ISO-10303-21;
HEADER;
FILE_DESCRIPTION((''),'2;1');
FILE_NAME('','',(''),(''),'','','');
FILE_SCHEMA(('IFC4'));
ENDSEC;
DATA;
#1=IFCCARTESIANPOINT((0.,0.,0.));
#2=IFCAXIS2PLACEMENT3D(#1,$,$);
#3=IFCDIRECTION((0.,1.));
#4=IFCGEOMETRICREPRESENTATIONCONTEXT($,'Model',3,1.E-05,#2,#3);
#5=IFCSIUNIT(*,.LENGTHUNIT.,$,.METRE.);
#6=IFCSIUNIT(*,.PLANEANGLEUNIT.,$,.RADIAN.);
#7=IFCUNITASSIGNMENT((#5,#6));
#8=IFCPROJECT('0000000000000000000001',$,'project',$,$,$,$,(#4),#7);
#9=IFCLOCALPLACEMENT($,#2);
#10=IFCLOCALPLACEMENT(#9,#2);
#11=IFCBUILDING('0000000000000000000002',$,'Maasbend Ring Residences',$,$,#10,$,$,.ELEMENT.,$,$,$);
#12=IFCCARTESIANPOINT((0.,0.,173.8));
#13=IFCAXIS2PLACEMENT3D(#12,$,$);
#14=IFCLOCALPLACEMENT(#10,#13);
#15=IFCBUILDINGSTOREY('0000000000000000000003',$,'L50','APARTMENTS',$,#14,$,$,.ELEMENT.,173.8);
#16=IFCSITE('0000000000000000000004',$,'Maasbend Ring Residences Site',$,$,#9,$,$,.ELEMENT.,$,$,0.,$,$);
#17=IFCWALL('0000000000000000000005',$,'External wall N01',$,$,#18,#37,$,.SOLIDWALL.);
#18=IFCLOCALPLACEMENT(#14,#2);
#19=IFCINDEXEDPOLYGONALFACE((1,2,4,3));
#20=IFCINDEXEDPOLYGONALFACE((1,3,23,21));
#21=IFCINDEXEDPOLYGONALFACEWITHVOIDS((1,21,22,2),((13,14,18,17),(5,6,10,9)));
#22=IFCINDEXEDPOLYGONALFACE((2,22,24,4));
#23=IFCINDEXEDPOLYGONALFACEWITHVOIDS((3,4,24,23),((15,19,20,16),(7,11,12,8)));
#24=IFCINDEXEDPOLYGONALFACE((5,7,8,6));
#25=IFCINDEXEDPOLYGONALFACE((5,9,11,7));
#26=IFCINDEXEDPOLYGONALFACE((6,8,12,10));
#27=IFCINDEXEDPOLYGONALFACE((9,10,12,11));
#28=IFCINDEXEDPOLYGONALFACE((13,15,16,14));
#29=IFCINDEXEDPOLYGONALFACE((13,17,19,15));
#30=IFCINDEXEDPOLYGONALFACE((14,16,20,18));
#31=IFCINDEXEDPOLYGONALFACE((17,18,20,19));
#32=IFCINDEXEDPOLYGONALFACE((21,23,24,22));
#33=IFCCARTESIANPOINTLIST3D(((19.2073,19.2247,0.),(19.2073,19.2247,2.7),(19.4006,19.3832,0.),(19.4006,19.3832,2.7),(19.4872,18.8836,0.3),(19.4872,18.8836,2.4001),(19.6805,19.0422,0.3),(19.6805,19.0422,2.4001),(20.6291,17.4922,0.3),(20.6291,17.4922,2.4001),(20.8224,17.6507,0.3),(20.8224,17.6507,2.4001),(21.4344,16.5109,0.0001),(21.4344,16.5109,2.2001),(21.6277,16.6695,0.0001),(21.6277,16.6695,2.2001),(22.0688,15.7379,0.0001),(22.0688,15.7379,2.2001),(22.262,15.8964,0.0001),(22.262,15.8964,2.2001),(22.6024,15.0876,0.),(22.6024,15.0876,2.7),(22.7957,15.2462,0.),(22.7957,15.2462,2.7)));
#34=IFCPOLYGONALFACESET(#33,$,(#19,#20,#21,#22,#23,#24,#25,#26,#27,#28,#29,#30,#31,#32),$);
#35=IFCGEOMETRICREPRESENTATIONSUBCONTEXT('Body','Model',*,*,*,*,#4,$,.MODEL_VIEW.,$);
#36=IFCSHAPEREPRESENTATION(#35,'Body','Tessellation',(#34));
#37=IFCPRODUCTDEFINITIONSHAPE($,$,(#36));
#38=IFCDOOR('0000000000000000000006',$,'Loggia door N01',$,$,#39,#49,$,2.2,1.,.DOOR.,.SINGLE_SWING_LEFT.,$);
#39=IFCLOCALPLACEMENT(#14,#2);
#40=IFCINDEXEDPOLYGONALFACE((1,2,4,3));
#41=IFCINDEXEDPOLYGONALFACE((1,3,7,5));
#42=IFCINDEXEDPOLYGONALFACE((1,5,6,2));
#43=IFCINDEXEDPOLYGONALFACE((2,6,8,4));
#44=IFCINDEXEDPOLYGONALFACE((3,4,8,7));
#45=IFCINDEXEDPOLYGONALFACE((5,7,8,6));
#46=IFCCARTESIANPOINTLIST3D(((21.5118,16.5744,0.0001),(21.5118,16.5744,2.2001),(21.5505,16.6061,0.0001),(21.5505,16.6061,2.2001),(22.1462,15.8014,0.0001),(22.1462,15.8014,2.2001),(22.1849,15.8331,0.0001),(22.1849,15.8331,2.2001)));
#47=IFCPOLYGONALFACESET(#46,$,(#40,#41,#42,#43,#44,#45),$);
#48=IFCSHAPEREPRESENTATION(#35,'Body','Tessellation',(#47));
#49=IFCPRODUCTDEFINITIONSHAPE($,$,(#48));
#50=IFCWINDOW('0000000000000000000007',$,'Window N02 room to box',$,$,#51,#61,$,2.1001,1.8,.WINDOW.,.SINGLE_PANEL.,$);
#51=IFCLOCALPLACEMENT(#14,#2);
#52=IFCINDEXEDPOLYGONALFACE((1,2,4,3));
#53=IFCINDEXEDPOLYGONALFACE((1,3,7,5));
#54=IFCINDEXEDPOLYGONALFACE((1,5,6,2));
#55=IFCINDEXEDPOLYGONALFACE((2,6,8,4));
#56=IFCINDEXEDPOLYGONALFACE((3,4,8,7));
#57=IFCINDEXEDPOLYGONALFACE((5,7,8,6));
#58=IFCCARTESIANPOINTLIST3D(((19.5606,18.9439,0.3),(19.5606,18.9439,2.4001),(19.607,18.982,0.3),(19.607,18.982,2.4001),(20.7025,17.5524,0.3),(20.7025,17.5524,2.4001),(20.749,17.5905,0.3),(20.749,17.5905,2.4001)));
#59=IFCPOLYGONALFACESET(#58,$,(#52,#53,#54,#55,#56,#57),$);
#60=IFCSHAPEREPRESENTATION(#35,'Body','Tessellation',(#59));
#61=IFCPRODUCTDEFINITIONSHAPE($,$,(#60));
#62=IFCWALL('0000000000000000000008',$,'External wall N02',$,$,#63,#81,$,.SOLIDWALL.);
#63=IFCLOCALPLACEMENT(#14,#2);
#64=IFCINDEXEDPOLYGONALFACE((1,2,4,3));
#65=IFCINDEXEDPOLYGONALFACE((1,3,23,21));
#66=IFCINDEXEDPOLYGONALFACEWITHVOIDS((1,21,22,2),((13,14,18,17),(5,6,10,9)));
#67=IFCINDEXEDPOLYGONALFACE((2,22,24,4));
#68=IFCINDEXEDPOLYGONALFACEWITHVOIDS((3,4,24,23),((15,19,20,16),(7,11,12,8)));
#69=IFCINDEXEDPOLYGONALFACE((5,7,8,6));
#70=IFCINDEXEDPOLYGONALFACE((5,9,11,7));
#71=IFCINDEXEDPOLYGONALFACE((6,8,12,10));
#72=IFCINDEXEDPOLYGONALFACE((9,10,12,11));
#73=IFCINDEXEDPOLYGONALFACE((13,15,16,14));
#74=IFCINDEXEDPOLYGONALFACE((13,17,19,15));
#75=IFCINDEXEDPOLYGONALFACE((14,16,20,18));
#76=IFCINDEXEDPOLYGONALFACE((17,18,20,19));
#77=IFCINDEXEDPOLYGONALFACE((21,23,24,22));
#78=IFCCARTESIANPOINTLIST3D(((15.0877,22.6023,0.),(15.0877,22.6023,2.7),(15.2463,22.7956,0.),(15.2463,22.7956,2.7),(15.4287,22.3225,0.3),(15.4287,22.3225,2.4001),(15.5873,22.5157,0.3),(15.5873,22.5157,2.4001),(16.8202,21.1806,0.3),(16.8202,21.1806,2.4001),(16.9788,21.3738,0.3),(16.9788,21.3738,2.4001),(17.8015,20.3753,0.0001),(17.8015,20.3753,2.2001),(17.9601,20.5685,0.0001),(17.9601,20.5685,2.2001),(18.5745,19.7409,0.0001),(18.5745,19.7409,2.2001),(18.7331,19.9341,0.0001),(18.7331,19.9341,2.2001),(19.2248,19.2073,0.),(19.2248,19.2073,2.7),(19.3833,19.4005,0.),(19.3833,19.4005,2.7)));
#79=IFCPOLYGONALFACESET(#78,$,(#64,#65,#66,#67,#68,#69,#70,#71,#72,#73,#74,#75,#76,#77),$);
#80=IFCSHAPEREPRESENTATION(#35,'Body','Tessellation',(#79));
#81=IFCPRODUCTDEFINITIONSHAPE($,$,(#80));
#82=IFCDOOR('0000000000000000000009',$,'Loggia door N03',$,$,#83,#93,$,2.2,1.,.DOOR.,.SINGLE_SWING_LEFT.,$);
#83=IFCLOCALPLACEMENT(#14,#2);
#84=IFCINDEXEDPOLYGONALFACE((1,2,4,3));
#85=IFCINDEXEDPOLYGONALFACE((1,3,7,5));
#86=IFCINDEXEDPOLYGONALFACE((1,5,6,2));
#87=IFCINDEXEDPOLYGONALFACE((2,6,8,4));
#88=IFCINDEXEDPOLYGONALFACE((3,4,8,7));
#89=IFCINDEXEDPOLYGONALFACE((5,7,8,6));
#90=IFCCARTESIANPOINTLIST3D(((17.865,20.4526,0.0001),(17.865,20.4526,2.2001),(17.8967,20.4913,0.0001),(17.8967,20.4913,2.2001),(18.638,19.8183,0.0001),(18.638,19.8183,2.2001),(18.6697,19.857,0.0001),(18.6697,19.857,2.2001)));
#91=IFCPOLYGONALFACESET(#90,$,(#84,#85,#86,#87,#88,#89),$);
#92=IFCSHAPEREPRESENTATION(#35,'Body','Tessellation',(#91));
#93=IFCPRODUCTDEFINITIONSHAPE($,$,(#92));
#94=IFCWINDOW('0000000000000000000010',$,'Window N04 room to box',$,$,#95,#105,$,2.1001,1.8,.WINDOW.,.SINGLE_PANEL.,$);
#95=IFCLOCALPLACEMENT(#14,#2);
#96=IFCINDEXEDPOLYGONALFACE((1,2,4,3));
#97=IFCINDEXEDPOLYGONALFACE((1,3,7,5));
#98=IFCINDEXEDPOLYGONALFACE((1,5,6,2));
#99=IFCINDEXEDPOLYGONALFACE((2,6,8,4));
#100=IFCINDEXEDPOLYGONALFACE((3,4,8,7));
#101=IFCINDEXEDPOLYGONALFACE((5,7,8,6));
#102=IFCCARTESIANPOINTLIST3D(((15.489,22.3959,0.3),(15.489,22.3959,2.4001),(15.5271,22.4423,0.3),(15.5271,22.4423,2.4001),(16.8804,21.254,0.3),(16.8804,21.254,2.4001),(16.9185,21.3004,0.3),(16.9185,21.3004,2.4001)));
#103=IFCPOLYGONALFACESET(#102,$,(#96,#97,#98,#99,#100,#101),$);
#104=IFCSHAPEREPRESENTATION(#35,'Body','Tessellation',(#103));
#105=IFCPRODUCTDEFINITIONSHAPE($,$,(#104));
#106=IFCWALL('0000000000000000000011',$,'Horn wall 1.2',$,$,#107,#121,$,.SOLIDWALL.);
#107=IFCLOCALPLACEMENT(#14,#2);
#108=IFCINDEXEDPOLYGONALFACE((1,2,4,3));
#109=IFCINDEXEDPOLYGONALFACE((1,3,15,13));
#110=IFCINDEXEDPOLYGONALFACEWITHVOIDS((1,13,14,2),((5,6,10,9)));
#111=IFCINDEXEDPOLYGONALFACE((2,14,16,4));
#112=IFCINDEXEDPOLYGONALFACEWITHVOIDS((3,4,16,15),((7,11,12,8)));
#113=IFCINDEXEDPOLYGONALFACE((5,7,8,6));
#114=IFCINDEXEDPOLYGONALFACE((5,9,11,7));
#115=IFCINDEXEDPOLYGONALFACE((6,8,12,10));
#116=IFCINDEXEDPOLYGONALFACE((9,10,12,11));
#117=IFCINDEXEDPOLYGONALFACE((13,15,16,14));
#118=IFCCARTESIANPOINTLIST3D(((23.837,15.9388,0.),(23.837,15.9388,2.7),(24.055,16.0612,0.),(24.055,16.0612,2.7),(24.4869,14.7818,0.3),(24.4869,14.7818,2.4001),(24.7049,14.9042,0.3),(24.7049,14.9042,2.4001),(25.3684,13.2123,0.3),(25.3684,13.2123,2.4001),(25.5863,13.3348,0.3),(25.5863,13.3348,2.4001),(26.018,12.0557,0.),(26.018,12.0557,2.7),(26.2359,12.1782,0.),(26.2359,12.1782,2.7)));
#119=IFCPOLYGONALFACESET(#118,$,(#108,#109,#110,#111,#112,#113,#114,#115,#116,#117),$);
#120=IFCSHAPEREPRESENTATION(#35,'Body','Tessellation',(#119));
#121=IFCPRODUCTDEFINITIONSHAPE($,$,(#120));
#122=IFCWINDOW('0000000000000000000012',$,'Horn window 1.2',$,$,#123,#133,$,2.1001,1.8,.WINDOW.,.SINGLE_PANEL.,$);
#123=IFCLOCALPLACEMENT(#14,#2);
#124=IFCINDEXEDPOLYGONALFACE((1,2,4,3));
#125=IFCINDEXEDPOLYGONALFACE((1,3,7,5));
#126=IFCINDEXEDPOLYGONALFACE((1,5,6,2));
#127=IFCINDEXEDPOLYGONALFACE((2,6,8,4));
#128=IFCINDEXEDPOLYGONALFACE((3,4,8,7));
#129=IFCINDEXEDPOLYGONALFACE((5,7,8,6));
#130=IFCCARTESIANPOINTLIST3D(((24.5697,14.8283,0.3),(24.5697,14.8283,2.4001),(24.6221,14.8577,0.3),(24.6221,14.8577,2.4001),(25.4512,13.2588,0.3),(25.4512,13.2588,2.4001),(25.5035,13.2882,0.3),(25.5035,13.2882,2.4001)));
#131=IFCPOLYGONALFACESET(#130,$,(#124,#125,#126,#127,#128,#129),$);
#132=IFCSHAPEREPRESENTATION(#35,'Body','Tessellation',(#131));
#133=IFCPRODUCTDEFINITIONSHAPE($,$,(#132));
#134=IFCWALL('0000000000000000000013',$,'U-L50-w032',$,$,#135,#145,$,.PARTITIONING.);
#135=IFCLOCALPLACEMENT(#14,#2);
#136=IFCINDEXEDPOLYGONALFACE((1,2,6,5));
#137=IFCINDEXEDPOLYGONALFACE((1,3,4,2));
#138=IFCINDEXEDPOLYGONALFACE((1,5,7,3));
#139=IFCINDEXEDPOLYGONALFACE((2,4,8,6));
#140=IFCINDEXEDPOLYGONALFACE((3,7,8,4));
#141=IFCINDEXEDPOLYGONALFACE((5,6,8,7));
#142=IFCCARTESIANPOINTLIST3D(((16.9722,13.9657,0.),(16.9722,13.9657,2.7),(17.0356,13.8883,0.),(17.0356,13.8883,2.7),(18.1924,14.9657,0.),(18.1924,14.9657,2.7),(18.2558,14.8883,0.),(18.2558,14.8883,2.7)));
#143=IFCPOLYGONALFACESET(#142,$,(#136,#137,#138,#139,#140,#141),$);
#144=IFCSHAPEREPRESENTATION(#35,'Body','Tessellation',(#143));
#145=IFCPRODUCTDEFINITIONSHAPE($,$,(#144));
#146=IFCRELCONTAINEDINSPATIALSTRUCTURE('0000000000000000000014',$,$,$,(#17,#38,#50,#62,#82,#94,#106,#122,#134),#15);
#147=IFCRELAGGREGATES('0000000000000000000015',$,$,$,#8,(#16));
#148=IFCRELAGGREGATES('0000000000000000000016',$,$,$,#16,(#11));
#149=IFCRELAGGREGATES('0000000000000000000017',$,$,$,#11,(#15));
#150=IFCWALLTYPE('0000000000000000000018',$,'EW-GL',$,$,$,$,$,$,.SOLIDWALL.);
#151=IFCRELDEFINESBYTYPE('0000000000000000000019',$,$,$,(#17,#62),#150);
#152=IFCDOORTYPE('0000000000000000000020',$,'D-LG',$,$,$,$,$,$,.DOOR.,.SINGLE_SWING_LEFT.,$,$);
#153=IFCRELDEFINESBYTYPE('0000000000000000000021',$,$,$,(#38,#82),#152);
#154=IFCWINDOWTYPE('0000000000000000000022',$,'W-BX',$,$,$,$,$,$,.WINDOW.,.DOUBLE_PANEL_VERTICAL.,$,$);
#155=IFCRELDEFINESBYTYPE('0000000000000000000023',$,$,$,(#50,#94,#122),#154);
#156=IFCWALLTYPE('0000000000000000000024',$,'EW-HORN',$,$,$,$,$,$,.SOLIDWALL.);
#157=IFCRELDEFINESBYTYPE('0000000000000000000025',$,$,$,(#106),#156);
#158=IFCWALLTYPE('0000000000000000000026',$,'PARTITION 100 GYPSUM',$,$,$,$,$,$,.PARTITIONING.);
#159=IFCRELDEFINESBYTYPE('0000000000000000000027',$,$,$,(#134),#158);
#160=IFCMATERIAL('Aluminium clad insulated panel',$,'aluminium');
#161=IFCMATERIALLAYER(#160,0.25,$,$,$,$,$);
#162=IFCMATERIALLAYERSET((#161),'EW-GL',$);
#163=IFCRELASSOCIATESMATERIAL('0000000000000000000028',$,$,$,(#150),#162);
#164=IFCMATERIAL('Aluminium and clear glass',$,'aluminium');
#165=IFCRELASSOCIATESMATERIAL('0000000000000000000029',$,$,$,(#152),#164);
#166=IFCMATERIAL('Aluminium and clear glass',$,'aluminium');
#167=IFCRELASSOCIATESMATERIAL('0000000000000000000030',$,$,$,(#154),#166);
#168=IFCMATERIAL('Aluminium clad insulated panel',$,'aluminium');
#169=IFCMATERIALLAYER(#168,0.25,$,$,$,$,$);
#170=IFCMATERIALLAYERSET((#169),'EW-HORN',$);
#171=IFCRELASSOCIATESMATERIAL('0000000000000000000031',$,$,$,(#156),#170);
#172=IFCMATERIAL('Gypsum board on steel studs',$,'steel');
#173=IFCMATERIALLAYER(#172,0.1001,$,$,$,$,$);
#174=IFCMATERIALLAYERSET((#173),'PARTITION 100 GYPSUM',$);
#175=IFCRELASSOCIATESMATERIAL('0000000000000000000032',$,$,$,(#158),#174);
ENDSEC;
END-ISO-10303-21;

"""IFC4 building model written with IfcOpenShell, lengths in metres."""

from ifc_helpers import new_model, si_unit, direction, frame, frame_2d, origin, place, context, subcontext, project, spatial, rectangle, extrude, material, layer, layer_set, type_object, element, fill, save


model = new_model("IFC4")

# Units and contexts
model_context = context("Model", 3, precision=1e-05, world=origin(), true_north=direction((0.0, 1.0)))
body_context = subcontext(model_context, "Body", "Model", "MODEL_VIEW")
ifc_project = project(units=[si_unit("LENGTHUNIT", "METRE"), si_unit("PLANEANGLEUNIT", "RADIAN")], contexts=[model_context])

# Site, building, storey
site_placement = place(None, origin())
site = spatial("IfcSite", under=ifc_project, at=site_placement, Name="Maasbend Ring Residences Site", CompositionType="ELEMENT", RefElevation=0.0)
building_placement = place(site_placement, origin())
building = spatial("IfcBuilding", under=site, at=building_placement, Name="Maasbend Ring Residences", CompositionType="ELEMENT")
storey_placement = place(building_placement, frame((0.0, 0.0, 173.8)))
storey = spatial("IfcBuildingStorey", under=building, at=storey_placement, Name="L50", Description="APARTMENTS", CompositionType="ELEMENT", Elevation=173.8)

# Walls, openings, doors, windows
ifc_material_1 = material(Name="Aluminium clad insulated panel", Category="aluminium")
ifc_layer_1 = layer(ifc_material_1, 0.25)
ifc_layer_set_1 = layer_set([ifc_layer_1], Name="EW-GL")
wall_type_1 = type_object("IfcWallType", Name="EW-GL", PredefinedType="SOLIDWALL", material=ifc_layer_set_1)
wall_1_placement = place(storey_placement, frame((22.699, 15.167, 0.0), z_axis=(0.0, 0.0, 1.0), x_axis=(-0.634382, 0.773019, 0.0)))
wall_1 = element("IfcWall", 1, at=wall_1_placement, inside=storey, type_object=wall_type_1, Name="External wall N01", PredefinedType="SOLIDWALL", context=body_context, shape_type="SweptSolid", body=[
    extrude(rectangle(XDim=5.3518, YDim=0.25, at=frame_2d((2.6758, 0.0))), origin(), (0.0, 0.0, 1.0), 2.7),
])
opening_1_placement = place(wall_1_placement, frame((0.8411, 0.0, 0.0)))
opening_1 = element("IfcOpeningElement", 2, at=opening_1_placement, cuts=wall_1, PredefinedType="OPENING", context=body_context, shape_type="SweptSolid", body=[
    extrude(rectangle(XDim=1.0, YDim=2.2, at=frame_2d((0.5, 1.1001))), frame((0.0, 0.135, 0.0), z_axis=(0.0, -1.0, 0.0), x_axis=(1.0, 0.0, 0.0)), (0.0, 0.0, 1.0), 0.27),
])
opening_2_placement = place(wall_1_placement, frame((3.1106, 0.0, 0.3)))
opening_2 = element("IfcOpeningElement", 3, at=opening_2_placement, cuts=wall_1, PredefinedType="OPENING", context=body_context, shape_type="SweptSolid", body=[
    extrude(rectangle(XDim=1.8, YDim=2.1001, at=frame_2d((0.8999, 1.05))), frame((0.0, 0.135, 0.0), z_axis=(0.0, -1.0, 0.0), x_axis=(1.0, 0.0, 0.0)), (0.0, 0.0, 1.0), 0.27),
])
ifc_material_2 = material(Name="Aluminium and clear glass", Category="aluminium")
door_type_1 = type_object("IfcDoorType", Name="D-LG", OperationType="SINGLE_SWING_LEFT", PredefinedType="DOOR", material=ifc_material_2)
door_1_placement = place(opening_1_placement, origin())
door_1 = element("IfcDoor", 4, at=door_1_placement, inside=storey, type_object=door_type_1, Name="Loggia door N01", OperationType="SINGLE_SWING_LEFT", OverallHeight=2.2, OverallWidth=1.0, PredefinedType="DOOR", context=body_context, shape_type="SweptSolid", body=[
    extrude(rectangle(XDim=1.0, YDim=2.2, at=frame_2d((0.5, 1.1001))), frame((0.0, 0.0249, 0.0), z_axis=(0.0, -1.0, 0.0), x_axis=(1.0, 0.0, 0.0)), (0.0, 0.0, 1.0), 0.05),
])
fill(opening_1, door_1)
ifc_material_3 = material(Name="Aluminium and clear glass", Category="aluminium")
window_type_1 = type_object("IfcWindowType", Name="W-BX", PartitioningType="DOUBLE_PANEL_VERTICAL", PredefinedType="WINDOW", material=ifc_material_3)
window_1_placement = place(opening_2_placement, origin())
window_1 = element("IfcWindow", 5, at=window_1_placement, inside=storey, type_object=window_type_1, Name="Window N02 room to box", OverallHeight=2.1001, OverallWidth=1.8, PartitioningType="SINGLE_PANEL", PredefinedType="WINDOW", context=body_context, shape_type="SweptSolid", body=[
    extrude(rectangle(XDim=1.8, YDim=2.1001, at=frame_2d((0.8999, 1.05))), frame((0.0, 0.03, 0.0), z_axis=(0.0, -1.0, 0.0), x_axis=(1.0, 0.0, 0.0)), (0.0, 0.0, 1.0), 0.0601),
])
fill(opening_2, window_1)
wall_2_placement = place(storey_placement, frame((19.304, 19.304, 0.0), z_axis=(0.0, 0.0, 1.0), x_axis=(-0.773019, 0.634382, 0.0)))
wall_2 = element("IfcWall", 6, at=wall_2_placement, inside=storey, type_object=wall_type_1, Name="External wall N02", PredefinedType="SOLIDWALL", context=body_context, shape_type="SweptSolid", body=[
    extrude(rectangle(XDim=5.3518, YDim=0.25, at=frame_2d((2.6758, 0.0))), origin(), (0.0, 0.0, 1.0), 2.7),
])
opening_3_placement = place(wall_2_placement, frame((0.8411, 0.0, 0.0)))
opening_3 = element("IfcOpeningElement", 7, at=opening_3_placement, cuts=wall_2, PredefinedType="OPENING", context=body_context, shape_type="SweptSolid", body=[
    extrude(rectangle(XDim=1.0, YDim=2.2, at=frame_2d((0.5, 1.1001))), frame((0.0, 0.135, 0.0), z_axis=(0.0, -1.0, 0.0), x_axis=(1.0, 0.0, 0.0)), (0.0, 0.0, 1.0), 0.27),
])
opening_4_placement = place(wall_2_placement, frame((3.1106, 0.0, 0.3)))
opening_4 = element("IfcOpeningElement", 8, at=opening_4_placement, cuts=wall_2, PredefinedType="OPENING", context=body_context, shape_type="SweptSolid", body=[
    extrude(rectangle(XDim=1.8, YDim=2.1001, at=frame_2d((0.8999, 1.05))), frame((0.0, 0.135, 0.0), z_axis=(0.0, -1.0, 0.0), x_axis=(1.0, 0.0, 0.0)), (0.0, 0.0, 1.0), 0.27),
])
door_2_placement = place(opening_3_placement, origin())
door_2 = element("IfcDoor", 9, at=door_2_placement, inside=storey, type_object=door_type_1, Name="Loggia door N03", OperationType="SINGLE_SWING_LEFT", OverallHeight=2.2, OverallWidth=1.0, PredefinedType="DOOR", context=body_context, shape_type="SweptSolid", body=[
    extrude(rectangle(XDim=1.0, YDim=2.2, at=frame_2d((0.5, 1.1001))), frame((0.0, 0.0249, 0.0), z_axis=(0.0, -1.0, 0.0), x_axis=(1.0, 0.0, 0.0)), (0.0, 0.0, 1.0), 0.05),
])
fill(opening_3, door_2)
window_2_placement = place(opening_4_placement, origin())
window_2 = element("IfcWindow", 10, at=window_2_placement, inside=storey, type_object=window_type_1, Name="Window N04 room to box", OverallHeight=2.1001, OverallWidth=1.8, PartitioningType="SINGLE_PANEL", PredefinedType="WINDOW", context=body_context, shape_type="SweptSolid", body=[
    extrude(rectangle(XDim=1.8, YDim=2.1001, at=frame_2d((0.8999, 1.05))), frame((0.0, 0.03, 0.0), z_axis=(0.0, -1.0, 0.0), x_axis=(1.0, 0.0, 0.0)), (0.0, 0.0, 1.0), 0.0601),
])
fill(opening_4, window_2)

# Wall, opening, window
ifc_material_4 = material(Name="Aluminium clad insulated panel", Category="aluminium")
ifc_layer_2 = layer(ifc_material_4, 0.25)
ifc_layer_set_2 = layer_set([ifc_layer_2], Name="EW-HORN")
wall_type_2 = type_object("IfcWallType", Name="EW-HORN", PredefinedType="SOLIDWALL", material=ifc_layer_set_2)
wall_3_placement = place(storey_placement, frame((26.127, 12.1169, 0.0), z_axis=(0.0, 0.0, 1.0), x_axis=(-0.489696, 0.871893, 0.0)))
wall_3 = element("IfcWall", 11, at=wall_3_placement, inside=storey, type_object=wall_type_2, Name="Horn wall 1.2", PredefinedType="SOLIDWALL", context=body_context, shape_type="SweptSolid", body=[
    extrude(rectangle(XDim=4.4536, YDim=0.25, at=frame_2d((2.2268, 0.0))), origin(), (0.0, 0.0, 1.0), 2.7),
])
opening_5_placement = place(wall_3_placement, frame((1.3267, 0.0, 0.3)))
opening_5 = element("IfcOpeningElement", 12, at=opening_5_placement, cuts=wall_3, PredefinedType="OPENING", context=body_context, shape_type="SweptSolid", body=[
    extrude(rectangle(XDim=1.8, YDim=2.1001, at=frame_2d((0.8999, 1.05))), frame((0.0, 0.135, 0.0), z_axis=(0.0, -1.0, 0.0), x_axis=(1.0, 0.0, 0.0)), (0.0, 0.0, 1.0), 0.27),
])
window_3_placement = place(opening_5_placement, origin())
window_3 = element("IfcWindow", 13, at=window_3_placement, inside=storey, type_object=window_type_1, Name="Horn window 1.2", OverallHeight=2.1001, OverallWidth=1.8, PartitioningType="SINGLE_PANEL", PredefinedType="WINDOW", context=body_context, shape_type="SweptSolid", body=[
    extrude(rectangle(XDim=1.8, YDim=2.1001, at=frame_2d((0.8999, 1.05))), frame((0.0, 0.03, 0.0), z_axis=(0.0, -1.0, 0.0), x_axis=(1.0, 0.0, 0.0)), (0.0, 0.0, 1.0), 0.0601),
])
fill(opening_5, window_3)

# Wall
ifc_material_5 = material(Name="Gypsum board on steel studs", Category="steel")
ifc_layer_3 = layer(ifc_material_5, 0.1001)
ifc_layer_set_3 = layer_set([ifc_layer_3], Name="PARTITION 100 GYPSUM")
wall_type_3 = type_object("IfcWallType", Name="PARTITION 100 GYPSUM", PredefinedType="PARTITIONING", material=ifc_layer_set_3)
wall_4_placement = place(storey_placement, frame((17.0039, 13.927, 0.0), z_axis=(0.0, 0.0, 1.0), x_axis=(0.773447, 0.633861, 0.0)))
element("IfcWall", 14, at=wall_4_placement, inside=storey, type_object=wall_type_3, Name="U-L50-w032", PredefinedType="PARTITIONING", context=body_context, shape_type="SweptSolid", body=[
    extrude(rectangle(XDim=1.5776, YDim=0.1001, at=frame_2d((0.7888, 0.0))), origin(), (0.0, 0.0, 1.0), 2.7),
])

save(model, "model.ifc")
